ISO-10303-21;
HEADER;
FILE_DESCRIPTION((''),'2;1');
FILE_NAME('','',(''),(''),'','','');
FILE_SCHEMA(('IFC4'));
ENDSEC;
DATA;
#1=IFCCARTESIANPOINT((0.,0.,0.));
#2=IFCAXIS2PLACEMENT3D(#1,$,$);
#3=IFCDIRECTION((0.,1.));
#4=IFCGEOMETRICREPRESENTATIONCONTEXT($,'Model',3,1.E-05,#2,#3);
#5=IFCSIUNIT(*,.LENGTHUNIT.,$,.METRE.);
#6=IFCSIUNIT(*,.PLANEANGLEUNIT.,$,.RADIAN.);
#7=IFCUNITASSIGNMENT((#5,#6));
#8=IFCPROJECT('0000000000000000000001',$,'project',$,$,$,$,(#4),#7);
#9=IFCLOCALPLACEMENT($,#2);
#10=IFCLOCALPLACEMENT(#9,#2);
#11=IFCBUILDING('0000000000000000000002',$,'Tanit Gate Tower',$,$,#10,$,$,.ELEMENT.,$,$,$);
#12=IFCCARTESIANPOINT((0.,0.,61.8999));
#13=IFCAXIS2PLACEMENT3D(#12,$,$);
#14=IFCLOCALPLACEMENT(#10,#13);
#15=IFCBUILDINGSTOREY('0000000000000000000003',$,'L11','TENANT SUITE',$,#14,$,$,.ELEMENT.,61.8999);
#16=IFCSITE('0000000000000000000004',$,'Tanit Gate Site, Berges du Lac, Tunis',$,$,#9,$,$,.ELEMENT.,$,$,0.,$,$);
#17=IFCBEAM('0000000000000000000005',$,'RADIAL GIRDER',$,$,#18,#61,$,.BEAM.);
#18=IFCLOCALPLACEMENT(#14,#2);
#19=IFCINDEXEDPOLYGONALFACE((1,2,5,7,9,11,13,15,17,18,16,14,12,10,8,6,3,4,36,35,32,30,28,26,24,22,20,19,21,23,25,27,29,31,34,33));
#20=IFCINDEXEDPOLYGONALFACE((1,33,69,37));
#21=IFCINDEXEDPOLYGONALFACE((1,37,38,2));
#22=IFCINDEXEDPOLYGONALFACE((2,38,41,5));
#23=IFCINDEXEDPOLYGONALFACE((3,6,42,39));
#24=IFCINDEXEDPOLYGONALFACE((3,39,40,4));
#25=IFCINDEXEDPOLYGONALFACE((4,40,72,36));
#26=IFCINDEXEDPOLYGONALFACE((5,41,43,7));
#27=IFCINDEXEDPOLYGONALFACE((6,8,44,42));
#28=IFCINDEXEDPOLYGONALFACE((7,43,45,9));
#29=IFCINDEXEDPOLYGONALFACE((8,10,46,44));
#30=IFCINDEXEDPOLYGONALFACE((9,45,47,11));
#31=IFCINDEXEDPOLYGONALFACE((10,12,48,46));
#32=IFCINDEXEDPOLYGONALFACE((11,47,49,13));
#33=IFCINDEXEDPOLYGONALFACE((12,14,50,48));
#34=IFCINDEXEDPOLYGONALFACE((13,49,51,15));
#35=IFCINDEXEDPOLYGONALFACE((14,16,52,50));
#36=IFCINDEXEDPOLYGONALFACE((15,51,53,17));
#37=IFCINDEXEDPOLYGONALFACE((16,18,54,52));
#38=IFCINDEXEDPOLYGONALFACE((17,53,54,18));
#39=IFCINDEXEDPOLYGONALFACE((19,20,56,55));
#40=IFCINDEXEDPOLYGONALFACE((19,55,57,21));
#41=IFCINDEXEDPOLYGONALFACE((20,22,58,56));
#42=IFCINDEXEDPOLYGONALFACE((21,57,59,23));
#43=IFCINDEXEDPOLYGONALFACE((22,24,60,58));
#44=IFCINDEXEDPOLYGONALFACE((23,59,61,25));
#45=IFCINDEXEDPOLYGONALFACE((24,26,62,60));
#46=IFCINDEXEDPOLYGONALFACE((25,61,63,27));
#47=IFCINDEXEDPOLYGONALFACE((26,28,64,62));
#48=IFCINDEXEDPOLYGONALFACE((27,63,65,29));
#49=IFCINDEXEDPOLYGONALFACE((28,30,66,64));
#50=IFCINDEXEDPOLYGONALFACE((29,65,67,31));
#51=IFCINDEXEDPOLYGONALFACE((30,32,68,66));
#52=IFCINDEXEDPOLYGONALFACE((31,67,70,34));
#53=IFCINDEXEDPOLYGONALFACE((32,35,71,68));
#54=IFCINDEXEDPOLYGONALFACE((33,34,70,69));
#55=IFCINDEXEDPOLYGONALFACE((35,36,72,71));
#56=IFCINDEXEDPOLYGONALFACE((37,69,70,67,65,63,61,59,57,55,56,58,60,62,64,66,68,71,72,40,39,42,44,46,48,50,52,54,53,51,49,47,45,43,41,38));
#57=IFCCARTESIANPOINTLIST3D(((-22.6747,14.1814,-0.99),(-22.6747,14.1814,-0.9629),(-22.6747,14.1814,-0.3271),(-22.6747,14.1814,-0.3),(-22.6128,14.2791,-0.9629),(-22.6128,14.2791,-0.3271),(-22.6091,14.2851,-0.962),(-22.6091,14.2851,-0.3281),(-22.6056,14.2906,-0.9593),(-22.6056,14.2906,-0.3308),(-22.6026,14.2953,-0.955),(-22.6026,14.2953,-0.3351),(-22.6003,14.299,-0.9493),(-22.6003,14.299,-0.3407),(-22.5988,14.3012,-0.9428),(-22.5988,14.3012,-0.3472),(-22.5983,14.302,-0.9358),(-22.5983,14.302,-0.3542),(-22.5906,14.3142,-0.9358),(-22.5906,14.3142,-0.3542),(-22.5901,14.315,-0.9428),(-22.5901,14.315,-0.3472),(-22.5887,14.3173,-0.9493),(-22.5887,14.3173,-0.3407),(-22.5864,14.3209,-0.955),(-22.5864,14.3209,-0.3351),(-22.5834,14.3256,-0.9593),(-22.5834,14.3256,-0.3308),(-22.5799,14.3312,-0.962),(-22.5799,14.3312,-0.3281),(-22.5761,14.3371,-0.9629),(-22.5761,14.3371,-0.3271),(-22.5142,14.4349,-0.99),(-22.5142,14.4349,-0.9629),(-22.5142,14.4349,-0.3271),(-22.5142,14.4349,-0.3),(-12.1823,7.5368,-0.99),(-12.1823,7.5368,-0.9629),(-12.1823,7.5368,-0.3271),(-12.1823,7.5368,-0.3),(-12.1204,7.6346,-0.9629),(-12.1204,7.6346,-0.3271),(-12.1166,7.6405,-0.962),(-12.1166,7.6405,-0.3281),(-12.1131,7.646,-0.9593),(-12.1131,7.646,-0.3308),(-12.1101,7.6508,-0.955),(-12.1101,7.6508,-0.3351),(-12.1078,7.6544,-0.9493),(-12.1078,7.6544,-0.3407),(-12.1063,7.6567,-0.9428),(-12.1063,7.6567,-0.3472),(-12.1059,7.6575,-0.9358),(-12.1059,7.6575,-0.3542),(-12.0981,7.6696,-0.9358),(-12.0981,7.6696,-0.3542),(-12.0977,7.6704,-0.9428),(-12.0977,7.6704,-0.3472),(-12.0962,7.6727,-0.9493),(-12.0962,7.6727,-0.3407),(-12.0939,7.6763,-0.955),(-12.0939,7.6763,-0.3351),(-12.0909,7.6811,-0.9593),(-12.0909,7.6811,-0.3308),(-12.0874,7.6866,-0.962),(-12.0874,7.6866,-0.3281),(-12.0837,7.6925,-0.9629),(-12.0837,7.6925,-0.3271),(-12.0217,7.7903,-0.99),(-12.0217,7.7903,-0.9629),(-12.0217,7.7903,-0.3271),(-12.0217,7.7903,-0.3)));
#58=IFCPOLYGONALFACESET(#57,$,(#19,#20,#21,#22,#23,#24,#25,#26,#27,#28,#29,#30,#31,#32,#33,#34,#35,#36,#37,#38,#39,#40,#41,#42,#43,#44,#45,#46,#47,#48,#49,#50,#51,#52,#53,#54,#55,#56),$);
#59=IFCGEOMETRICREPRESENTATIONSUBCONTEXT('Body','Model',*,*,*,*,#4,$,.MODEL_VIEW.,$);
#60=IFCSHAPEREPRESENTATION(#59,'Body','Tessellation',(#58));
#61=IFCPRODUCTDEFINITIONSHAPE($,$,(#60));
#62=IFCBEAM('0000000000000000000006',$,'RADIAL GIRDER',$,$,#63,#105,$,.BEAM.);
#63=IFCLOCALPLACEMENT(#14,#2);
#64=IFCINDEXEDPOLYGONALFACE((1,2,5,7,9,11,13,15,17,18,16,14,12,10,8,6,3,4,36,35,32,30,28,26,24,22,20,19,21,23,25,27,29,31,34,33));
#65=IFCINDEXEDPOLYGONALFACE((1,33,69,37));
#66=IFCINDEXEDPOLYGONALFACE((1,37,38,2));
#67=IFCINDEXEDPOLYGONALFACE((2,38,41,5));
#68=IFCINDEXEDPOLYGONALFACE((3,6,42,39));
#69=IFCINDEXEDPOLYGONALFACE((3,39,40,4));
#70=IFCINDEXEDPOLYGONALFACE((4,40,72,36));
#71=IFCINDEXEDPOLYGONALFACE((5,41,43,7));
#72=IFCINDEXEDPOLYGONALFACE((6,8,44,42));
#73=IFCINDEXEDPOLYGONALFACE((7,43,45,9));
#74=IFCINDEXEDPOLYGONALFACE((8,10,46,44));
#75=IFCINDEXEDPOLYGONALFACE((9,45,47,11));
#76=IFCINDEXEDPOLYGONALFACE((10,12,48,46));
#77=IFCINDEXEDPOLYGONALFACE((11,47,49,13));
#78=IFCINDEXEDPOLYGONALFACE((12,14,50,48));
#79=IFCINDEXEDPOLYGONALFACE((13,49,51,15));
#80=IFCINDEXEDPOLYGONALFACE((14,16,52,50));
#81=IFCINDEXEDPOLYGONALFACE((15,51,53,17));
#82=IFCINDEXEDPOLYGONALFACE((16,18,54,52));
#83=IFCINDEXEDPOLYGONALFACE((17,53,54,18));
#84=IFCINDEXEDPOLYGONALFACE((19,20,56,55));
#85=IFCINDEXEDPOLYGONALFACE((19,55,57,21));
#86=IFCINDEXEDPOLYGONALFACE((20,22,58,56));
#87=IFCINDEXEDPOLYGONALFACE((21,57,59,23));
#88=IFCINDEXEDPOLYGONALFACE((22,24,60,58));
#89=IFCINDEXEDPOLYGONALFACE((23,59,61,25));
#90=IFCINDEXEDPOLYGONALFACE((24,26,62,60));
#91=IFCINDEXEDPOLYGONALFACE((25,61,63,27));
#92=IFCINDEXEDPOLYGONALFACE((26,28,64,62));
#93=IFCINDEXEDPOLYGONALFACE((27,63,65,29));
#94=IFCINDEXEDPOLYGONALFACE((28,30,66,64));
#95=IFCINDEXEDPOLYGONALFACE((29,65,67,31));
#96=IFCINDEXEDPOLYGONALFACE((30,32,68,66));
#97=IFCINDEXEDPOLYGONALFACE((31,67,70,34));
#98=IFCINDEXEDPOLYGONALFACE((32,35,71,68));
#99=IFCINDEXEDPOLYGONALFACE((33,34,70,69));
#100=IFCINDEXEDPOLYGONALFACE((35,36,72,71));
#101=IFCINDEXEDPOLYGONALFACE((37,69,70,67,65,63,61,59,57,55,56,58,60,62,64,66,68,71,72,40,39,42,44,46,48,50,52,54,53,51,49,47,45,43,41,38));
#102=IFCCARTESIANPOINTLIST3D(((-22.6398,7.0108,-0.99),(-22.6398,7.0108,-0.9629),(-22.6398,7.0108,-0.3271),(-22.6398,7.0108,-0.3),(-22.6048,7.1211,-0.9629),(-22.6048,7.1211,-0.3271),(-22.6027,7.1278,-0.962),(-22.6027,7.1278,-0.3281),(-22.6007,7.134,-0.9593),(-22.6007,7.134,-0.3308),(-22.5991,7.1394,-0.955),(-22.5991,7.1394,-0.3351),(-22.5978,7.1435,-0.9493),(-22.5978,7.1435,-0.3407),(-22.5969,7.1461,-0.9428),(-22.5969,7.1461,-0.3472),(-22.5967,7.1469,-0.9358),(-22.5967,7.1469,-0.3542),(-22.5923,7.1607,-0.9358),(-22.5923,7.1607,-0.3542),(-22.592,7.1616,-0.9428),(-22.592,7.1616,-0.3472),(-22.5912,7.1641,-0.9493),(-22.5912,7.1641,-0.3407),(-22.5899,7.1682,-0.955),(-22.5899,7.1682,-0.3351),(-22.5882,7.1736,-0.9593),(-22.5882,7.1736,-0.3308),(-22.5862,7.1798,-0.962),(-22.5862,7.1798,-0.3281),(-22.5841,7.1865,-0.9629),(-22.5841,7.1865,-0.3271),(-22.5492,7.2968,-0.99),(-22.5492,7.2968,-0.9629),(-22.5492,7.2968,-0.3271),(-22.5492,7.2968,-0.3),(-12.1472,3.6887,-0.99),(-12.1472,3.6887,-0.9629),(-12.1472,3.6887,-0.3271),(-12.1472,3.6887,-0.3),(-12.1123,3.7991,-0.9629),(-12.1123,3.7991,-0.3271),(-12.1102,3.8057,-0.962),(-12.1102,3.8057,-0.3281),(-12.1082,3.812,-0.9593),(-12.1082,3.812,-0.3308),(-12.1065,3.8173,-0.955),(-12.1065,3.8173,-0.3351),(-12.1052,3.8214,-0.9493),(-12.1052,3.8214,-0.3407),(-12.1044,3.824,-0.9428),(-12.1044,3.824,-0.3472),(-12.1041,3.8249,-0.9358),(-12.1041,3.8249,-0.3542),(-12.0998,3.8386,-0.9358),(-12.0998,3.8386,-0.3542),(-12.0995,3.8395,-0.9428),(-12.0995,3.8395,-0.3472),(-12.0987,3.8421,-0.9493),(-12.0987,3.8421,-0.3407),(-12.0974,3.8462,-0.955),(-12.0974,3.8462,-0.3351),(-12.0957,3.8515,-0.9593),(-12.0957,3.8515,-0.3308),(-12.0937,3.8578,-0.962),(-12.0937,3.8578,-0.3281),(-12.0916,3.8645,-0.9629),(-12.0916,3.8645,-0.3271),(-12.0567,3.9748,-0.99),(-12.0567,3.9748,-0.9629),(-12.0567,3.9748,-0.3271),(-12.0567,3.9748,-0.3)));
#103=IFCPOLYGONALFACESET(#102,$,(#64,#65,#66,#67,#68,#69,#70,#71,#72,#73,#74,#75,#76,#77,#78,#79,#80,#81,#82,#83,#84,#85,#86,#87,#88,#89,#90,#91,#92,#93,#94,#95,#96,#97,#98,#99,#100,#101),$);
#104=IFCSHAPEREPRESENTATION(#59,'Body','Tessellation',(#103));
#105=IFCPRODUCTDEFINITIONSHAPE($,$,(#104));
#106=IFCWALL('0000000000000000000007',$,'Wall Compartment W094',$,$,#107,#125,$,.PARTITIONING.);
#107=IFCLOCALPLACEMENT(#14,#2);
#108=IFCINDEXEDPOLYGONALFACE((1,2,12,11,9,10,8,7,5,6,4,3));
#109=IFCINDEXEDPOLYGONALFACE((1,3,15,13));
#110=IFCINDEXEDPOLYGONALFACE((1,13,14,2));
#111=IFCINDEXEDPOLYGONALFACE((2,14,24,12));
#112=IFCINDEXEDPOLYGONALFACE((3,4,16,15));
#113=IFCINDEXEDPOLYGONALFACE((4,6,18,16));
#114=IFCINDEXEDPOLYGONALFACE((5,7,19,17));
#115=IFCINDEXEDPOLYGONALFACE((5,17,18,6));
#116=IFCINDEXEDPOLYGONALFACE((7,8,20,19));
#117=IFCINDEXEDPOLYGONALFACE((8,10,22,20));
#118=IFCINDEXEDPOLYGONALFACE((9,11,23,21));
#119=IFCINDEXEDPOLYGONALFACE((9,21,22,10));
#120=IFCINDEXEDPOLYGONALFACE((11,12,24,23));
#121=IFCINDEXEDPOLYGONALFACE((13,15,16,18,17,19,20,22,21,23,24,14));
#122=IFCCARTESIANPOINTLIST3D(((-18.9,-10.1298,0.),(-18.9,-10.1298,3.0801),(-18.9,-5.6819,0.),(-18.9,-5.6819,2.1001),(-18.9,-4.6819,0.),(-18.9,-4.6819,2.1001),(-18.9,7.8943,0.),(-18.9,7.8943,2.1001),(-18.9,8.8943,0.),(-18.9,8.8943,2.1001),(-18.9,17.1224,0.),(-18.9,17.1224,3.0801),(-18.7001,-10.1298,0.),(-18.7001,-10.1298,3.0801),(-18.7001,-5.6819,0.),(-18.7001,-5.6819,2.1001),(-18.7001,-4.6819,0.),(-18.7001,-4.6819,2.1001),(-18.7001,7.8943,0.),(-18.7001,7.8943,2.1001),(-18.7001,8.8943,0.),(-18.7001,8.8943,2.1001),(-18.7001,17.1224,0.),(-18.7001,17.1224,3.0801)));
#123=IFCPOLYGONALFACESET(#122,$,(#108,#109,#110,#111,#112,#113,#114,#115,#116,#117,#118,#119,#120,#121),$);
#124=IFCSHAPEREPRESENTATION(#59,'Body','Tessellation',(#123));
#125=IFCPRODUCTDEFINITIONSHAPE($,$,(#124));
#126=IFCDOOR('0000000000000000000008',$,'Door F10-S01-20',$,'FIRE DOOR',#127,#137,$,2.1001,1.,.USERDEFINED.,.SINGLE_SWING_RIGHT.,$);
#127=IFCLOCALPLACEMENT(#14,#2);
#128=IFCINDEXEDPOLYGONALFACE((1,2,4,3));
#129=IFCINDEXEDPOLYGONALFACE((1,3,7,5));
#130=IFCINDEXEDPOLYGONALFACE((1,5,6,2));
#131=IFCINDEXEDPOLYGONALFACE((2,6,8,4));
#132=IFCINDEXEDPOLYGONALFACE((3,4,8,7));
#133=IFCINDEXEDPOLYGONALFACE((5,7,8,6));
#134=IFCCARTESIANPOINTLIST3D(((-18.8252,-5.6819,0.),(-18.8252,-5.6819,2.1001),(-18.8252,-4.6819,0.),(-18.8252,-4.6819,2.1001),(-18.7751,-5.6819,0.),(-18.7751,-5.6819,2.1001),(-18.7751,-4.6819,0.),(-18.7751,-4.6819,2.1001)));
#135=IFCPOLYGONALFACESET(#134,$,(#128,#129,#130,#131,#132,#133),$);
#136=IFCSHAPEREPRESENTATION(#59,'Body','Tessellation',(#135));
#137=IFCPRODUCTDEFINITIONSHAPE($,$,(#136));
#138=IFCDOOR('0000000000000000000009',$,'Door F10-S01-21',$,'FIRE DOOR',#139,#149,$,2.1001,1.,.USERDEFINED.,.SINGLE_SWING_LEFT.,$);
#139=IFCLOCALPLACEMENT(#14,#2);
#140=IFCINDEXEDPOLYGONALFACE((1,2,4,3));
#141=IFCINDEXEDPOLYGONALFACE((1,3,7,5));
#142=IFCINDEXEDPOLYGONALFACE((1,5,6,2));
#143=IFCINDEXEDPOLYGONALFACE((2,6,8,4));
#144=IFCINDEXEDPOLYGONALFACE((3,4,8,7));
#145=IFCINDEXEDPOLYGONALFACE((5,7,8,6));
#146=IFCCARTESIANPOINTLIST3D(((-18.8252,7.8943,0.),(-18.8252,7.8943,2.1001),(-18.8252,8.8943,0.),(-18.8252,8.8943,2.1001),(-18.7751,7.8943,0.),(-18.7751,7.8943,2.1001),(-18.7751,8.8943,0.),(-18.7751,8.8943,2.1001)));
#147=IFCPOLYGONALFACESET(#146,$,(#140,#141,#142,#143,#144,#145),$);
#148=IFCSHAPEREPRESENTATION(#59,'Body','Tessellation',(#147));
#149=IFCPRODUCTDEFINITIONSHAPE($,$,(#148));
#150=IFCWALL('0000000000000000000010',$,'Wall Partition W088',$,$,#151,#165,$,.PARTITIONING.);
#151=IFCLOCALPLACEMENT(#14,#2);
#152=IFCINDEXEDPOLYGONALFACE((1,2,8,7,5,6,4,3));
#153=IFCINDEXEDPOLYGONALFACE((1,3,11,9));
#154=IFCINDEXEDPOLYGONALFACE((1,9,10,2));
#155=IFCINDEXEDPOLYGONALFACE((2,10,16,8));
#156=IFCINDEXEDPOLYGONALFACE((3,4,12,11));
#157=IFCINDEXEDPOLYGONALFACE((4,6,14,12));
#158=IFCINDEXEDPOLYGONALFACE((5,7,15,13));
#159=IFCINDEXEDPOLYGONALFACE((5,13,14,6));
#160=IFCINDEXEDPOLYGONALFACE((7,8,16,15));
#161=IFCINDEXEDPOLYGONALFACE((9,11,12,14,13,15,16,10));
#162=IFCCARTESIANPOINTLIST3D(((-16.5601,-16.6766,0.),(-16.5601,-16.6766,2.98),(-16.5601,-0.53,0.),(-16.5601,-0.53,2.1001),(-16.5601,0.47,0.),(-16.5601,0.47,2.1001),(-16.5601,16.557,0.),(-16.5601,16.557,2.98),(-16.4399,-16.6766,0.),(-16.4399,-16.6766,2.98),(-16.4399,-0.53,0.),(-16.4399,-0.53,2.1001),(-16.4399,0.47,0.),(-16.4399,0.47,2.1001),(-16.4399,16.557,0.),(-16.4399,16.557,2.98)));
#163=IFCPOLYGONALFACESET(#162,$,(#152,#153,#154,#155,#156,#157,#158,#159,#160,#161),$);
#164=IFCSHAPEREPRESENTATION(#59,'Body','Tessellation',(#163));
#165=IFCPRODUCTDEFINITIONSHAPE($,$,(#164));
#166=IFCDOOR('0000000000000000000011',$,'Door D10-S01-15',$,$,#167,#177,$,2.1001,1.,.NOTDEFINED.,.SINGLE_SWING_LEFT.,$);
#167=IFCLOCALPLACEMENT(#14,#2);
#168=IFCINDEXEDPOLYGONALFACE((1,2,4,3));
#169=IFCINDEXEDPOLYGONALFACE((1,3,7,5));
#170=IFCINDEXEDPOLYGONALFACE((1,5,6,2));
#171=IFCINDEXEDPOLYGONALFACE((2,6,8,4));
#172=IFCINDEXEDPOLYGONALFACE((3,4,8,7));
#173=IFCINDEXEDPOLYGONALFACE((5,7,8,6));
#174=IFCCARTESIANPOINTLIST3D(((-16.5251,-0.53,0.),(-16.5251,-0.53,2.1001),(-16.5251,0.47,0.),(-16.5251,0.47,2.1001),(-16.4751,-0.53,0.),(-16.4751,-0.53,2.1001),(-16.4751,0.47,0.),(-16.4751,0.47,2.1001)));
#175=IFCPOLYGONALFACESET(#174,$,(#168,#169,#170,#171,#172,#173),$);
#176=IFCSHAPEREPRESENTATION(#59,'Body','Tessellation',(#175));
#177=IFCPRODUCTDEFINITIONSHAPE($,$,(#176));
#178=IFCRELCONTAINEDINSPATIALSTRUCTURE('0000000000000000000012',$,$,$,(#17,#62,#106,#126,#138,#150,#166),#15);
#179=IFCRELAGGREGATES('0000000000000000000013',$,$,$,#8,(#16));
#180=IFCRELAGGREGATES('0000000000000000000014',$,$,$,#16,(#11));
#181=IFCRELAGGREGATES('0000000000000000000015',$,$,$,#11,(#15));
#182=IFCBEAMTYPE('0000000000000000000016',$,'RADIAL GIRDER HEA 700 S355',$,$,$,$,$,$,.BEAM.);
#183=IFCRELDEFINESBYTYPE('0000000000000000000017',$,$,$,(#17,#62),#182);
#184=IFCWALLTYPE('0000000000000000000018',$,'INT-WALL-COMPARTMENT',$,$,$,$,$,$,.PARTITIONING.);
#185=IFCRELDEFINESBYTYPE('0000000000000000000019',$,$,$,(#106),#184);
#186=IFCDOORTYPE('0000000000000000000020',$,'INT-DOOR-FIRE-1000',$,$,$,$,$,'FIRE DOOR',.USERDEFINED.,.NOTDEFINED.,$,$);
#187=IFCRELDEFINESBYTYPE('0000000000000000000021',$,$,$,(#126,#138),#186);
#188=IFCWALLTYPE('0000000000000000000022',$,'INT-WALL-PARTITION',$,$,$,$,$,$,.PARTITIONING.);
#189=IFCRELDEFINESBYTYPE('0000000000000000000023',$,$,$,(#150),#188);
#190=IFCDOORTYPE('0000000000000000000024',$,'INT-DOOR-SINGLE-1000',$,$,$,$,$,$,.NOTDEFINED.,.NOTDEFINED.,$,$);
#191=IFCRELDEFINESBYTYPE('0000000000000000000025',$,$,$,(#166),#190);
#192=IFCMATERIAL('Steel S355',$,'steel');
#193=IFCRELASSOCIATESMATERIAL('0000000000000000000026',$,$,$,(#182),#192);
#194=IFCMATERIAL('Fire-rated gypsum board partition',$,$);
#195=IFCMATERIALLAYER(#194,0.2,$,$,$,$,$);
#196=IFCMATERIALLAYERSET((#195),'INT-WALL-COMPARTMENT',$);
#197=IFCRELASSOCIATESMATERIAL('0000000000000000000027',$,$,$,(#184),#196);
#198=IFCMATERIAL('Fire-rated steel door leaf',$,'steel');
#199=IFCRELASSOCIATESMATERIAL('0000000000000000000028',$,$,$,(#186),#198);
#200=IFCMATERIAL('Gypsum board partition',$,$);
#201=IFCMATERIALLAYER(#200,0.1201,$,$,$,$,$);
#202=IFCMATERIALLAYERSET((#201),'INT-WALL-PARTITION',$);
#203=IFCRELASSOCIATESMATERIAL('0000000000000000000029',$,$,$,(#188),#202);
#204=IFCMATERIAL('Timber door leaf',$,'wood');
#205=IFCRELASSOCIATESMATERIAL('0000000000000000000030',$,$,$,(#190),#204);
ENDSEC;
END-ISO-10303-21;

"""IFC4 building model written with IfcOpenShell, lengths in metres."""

from ifc_helpers import new_model, si_unit, direction, frame, frame_2d, origin, origin_2d, place, context, subcontext, project, spatial, rectangle, i_section, extrude, material, layer, layer_set, material_profile, profile_set, type_object, element, fill, save


model = new_model("IFC4")

# Units and contexts
model_context = context("Model", 3, precision=1e-05, world=origin(), true_north=direction((0.0, 1.0)))
body_context = subcontext(model_context, "Body", "Model", "MODEL_VIEW")
ifc_project = project(units=[si_unit("LENGTHUNIT", "METRE"), si_unit("PLANEANGLEUNIT", "RADIAN")], contexts=[model_context])

# Site, building, storey
site_placement = place(None, origin())
site = spatial("IfcSite", under=ifc_project, at=site_placement, Name="Tanit Gate Site, Berges du Lac, Tunis", CompositionType="ELEMENT", RefElevation=0.0)
building_placement = place(site_placement, origin())
building = spatial("IfcBuilding", under=site, at=building_placement, Name="Tanit Gate Tower", CompositionType="ELEMENT")
storey_placement = place(building_placement, frame((0.0, 0.0, 61.8999)))
storey = spatial("IfcBuildingStorey", under=building, at=storey_placement, Name="L11", Description="TENANT SUITE", CompositionType="ELEMENT", Elevation=61.8999)

# Beams
ifc_material_1 = material(Name="Steel S355", Category="steel")
ifc_material_profile = material_profile(ifc_material_1, i_section(OverallWidth=0.3, OverallDepth=0.6899, WebThickness=0.0144, FlangeThickness=0.0271, FilletRadius=0.0271, at=origin_2d()), Name="HEA 700")
ifc_profile_set = profile_set([ifc_material_profile], Name="Steel S355")
beam_type = type_object("IfcBeamType", Name="RADIAL GIRDER HEA 700 S355", PredefinedType="BEAM", material=ifc_profile_set)
beam_1_placement = place(storey_placement, frame((-22.5945, 14.3081, -0.645), z_axis=(0.844844, -0.535013, 0.0), x_axis=(0.535013, 0.844844, 0.0)))
element("IfcBeam", 1, at=beam_1_placement, inside=storey, type_object=beam_type, Name="RADIAL GIRDER", PredefinedType="BEAM", context=body_context, shape_type="SweptSolid", body=[
    extrude(i_section(OverallWidth=0.3, OverallDepth=0.6899, WebThickness=0.0144, FlangeThickness=0.0271, FilletRadius=0.0271, at=origin_2d()), origin(), (0.0, 0.0, 1.0), 12.4194),
])
beam_2_placement = place(storey_placement, frame((-22.5945, 7.1538, -0.645), z_axis=(0.953357, -0.301844, 0.0), x_axis=(0.301844, 0.953357, 0.0)))
element("IfcBeam", 2, at=beam_2_placement, inside=storey, type_object=beam_type, Name="RADIAL GIRDER", PredefinedType="BEAM", context=body_context, shape_type="SweptSolid", body=[
    extrude(i_section(OverallWidth=0.3, OverallDepth=0.6899, WebThickness=0.0144, FlangeThickness=0.0271, FilletRadius=0.0271, at=origin_2d()), origin(), (0.0, 0.0, 1.0), 11.0059),
])

# Wall, openings, doors
ifc_material_2 = material(Name="Fire-rated gypsum board partition")
ifc_layer_1 = layer(ifc_material_2, 0.2)
ifc_layer_set_1 = layer_set([ifc_layer_1], Name="INT-WALL-COMPARTMENT")
wall_type_1 = type_object("IfcWallType", Name="INT-WALL-COMPARTMENT", PredefinedType="PARTITIONING", material=ifc_layer_set_1)
wall_1_placement = place(storey_placement, frame((-18.8, 17.1223, 0.0), z_axis=(0.0, 0.0, 1.0), x_axis=(0.0, -1.0, 0.0)))
wall_1 = element("IfcWall", 3, at=wall_1_placement, inside=storey, type_object=wall_type_1, Name="Wall Compartment W094", PredefinedType="PARTITIONING", context=body_context, shape_type="SweptSolid", body=[
    extrude(rectangle(XDim=27.2522, YDim=0.2, at=frame_2d((13.626, 0.0))), origin(), (0.0, 0.0, 1.0), 3.0801),
])
opening_1_placement = place(wall_1_placement, frame((21.8042, 0.0, 0.0)))
opening_1 = element("IfcOpeningElement", 4, at=opening_1_placement, cuts=wall_1, PredefinedType="OPENING", context=body_context, shape_type="SweptSolid", body=[
    extrude(rectangle(XDim=1.0, YDim=2.1001, at=frame_2d((0.5, 1.05))), frame((0.0, 0.1099, 0.0), z_axis=(0.0, -1.0, 0.0), x_axis=(1.0, 0.0, 0.0)), (0.0, 0.0, 1.0), 0.22),
])
opening_2_placement = place(wall_1_placement, frame((8.228, 0.0, 0.0)))
opening_2 = element("IfcOpeningElement", 5, at=opening_2_placement, cuts=wall_1, PredefinedType="OPENING", context=body_context, shape_type="SweptSolid", body=[
    extrude(rectangle(XDim=1.0, YDim=2.1001, at=frame_2d((0.5, 1.05))), frame((0.0, 0.1099, 0.0), z_axis=(0.0, -1.0, 0.0), x_axis=(1.0, 0.0, 0.0)), (0.0, 0.0, 1.0), 0.22),
])
ifc_material_3 = material(Name="Fire-rated steel door leaf", Category="steel")
door_type_1 = type_object("IfcDoorType", Name="INT-DOOR-FIRE-1000", ElementType="FIRE DOOR", OperationType="NOTDEFINED", PredefinedType="USERDEFINED", material=ifc_material_3)
door_1_placement = place(opening_1_placement, origin())
door_1 = element("IfcDoor", 6, at=door_1_placement, inside=storey, type_object=door_type_1, Name="Door F10-S01-20", ObjectType="FIRE DOOR", OperationType="SINGLE_SWING_RIGHT", OverallHeight=2.1001, OverallWidth=1.0, PredefinedType="USERDEFINED", context=body_context, shape_type="SweptSolid", body=[
    extrude(rectangle(XDim=1.0, YDim=2.1001, at=frame_2d((0.5, 1.05))), frame((0.0, 0.0249, 0.0), z_axis=(0.0, -1.0, 0.0), x_axis=(1.0, 0.0, 0.0)), (0.0, 0.0, 1.0), 0.05),
])
fill(opening_1, door_1)
door_2_placement = place(opening_2_placement, origin())
door_2 = element("IfcDoor", 7, at=door_2_placement, inside=storey, type_object=door_type_1, Name="Door F10-S01-21", ObjectType="FIRE DOOR", OperationType="SINGLE_SWING_LEFT", OverallHeight=2.1001, OverallWidth=1.0, PredefinedType="USERDEFINED", context=body_context, shape_type="SweptSolid", body=[
    extrude(rectangle(XDim=1.0, YDim=2.1001, at=frame_2d((0.5, 1.05))), frame((0.0, 0.0249, 0.0), z_axis=(0.0, -1.0, 0.0), x_axis=(1.0, 0.0, 0.0)), (0.0, 0.0, 1.0), 0.05),
])
fill(opening_2, door_2)

# Wall, opening, door
ifc_material_4 = material(Name="Gypsum board partition")
ifc_layer_2 = layer(ifc_material_4, 0.1201)
ifc_layer_set_2 = layer_set([ifc_layer_2], Name="INT-WALL-PARTITION")
wall_type_2 = type_object("IfcWallType", Name="INT-WALL-PARTITION", PredefinedType="PARTITIONING", material=ifc_layer_set_2)
wall_2_placement = place(storey_placement, frame((-16.5, 16.5569, 0.0), z_axis=(0.0, 0.0, 1.0), x_axis=(0.0, -1.0, 0.0)))
wall_2 = element("IfcWall", 8, at=wall_2_placement, inside=storey, type_object=wall_type_2, Name="Wall Partition W088", PredefinedType="PARTITIONING", context=body_context, shape_type="SweptSolid", body=[
    extrude(rectangle(XDim=33.2336, YDim=0.1201, at=frame_2d((16.6167, 0.0))), origin(), (0.0, 0.0, 1.0), 2.98),
])
opening_3_placement = place(wall_2_placement, frame((16.0869, 0.0, 0.0)))
opening_3 = element("IfcOpeningElement", 9, at=opening_3_placement, cuts=wall_2, PredefinedType="OPENING", context=body_context, shape_type="SweptSolid", body=[
    extrude(rectangle(XDim=1.0, YDim=2.1001, at=frame_2d((0.5, 1.05))), frame((0.0, 0.0701, 0.0), z_axis=(0.0, -1.0, 0.0), x_axis=(1.0, 0.0, 0.0)), (0.0, 0.0, 1.0), 0.1401),
])
ifc_material_5 = material(Name="Timber door leaf", Category="wood")
door_type_2 = type_object("IfcDoorType", Name="INT-DOOR-SINGLE-1000", OperationType="NOTDEFINED", PredefinedType="NOTDEFINED", material=ifc_material_5)
door_3_placement = place(opening_3_placement, origin())
door_3 = element("IfcDoor", 10, at=door_3_placement, inside=storey, type_object=door_type_2, Name="Door D10-S01-15", OperationType="SINGLE_SWING_LEFT", OverallHeight=2.1001, OverallWidth=1.0, PredefinedType="NOTDEFINED", context=body_context, shape_type="SweptSolid", body=[
    extrude(rectangle(XDim=1.0, YDim=2.1001, at=frame_2d((0.5, 1.05))), frame((0.0, 0.0249, 0.0), z_axis=(0.0, -1.0, 0.0), x_axis=(1.0, 0.0, 0.0)), (0.0, 0.0, 1.0), 0.05),
])
fill(opening_3, door_3)

save(model, "model.ifc")
